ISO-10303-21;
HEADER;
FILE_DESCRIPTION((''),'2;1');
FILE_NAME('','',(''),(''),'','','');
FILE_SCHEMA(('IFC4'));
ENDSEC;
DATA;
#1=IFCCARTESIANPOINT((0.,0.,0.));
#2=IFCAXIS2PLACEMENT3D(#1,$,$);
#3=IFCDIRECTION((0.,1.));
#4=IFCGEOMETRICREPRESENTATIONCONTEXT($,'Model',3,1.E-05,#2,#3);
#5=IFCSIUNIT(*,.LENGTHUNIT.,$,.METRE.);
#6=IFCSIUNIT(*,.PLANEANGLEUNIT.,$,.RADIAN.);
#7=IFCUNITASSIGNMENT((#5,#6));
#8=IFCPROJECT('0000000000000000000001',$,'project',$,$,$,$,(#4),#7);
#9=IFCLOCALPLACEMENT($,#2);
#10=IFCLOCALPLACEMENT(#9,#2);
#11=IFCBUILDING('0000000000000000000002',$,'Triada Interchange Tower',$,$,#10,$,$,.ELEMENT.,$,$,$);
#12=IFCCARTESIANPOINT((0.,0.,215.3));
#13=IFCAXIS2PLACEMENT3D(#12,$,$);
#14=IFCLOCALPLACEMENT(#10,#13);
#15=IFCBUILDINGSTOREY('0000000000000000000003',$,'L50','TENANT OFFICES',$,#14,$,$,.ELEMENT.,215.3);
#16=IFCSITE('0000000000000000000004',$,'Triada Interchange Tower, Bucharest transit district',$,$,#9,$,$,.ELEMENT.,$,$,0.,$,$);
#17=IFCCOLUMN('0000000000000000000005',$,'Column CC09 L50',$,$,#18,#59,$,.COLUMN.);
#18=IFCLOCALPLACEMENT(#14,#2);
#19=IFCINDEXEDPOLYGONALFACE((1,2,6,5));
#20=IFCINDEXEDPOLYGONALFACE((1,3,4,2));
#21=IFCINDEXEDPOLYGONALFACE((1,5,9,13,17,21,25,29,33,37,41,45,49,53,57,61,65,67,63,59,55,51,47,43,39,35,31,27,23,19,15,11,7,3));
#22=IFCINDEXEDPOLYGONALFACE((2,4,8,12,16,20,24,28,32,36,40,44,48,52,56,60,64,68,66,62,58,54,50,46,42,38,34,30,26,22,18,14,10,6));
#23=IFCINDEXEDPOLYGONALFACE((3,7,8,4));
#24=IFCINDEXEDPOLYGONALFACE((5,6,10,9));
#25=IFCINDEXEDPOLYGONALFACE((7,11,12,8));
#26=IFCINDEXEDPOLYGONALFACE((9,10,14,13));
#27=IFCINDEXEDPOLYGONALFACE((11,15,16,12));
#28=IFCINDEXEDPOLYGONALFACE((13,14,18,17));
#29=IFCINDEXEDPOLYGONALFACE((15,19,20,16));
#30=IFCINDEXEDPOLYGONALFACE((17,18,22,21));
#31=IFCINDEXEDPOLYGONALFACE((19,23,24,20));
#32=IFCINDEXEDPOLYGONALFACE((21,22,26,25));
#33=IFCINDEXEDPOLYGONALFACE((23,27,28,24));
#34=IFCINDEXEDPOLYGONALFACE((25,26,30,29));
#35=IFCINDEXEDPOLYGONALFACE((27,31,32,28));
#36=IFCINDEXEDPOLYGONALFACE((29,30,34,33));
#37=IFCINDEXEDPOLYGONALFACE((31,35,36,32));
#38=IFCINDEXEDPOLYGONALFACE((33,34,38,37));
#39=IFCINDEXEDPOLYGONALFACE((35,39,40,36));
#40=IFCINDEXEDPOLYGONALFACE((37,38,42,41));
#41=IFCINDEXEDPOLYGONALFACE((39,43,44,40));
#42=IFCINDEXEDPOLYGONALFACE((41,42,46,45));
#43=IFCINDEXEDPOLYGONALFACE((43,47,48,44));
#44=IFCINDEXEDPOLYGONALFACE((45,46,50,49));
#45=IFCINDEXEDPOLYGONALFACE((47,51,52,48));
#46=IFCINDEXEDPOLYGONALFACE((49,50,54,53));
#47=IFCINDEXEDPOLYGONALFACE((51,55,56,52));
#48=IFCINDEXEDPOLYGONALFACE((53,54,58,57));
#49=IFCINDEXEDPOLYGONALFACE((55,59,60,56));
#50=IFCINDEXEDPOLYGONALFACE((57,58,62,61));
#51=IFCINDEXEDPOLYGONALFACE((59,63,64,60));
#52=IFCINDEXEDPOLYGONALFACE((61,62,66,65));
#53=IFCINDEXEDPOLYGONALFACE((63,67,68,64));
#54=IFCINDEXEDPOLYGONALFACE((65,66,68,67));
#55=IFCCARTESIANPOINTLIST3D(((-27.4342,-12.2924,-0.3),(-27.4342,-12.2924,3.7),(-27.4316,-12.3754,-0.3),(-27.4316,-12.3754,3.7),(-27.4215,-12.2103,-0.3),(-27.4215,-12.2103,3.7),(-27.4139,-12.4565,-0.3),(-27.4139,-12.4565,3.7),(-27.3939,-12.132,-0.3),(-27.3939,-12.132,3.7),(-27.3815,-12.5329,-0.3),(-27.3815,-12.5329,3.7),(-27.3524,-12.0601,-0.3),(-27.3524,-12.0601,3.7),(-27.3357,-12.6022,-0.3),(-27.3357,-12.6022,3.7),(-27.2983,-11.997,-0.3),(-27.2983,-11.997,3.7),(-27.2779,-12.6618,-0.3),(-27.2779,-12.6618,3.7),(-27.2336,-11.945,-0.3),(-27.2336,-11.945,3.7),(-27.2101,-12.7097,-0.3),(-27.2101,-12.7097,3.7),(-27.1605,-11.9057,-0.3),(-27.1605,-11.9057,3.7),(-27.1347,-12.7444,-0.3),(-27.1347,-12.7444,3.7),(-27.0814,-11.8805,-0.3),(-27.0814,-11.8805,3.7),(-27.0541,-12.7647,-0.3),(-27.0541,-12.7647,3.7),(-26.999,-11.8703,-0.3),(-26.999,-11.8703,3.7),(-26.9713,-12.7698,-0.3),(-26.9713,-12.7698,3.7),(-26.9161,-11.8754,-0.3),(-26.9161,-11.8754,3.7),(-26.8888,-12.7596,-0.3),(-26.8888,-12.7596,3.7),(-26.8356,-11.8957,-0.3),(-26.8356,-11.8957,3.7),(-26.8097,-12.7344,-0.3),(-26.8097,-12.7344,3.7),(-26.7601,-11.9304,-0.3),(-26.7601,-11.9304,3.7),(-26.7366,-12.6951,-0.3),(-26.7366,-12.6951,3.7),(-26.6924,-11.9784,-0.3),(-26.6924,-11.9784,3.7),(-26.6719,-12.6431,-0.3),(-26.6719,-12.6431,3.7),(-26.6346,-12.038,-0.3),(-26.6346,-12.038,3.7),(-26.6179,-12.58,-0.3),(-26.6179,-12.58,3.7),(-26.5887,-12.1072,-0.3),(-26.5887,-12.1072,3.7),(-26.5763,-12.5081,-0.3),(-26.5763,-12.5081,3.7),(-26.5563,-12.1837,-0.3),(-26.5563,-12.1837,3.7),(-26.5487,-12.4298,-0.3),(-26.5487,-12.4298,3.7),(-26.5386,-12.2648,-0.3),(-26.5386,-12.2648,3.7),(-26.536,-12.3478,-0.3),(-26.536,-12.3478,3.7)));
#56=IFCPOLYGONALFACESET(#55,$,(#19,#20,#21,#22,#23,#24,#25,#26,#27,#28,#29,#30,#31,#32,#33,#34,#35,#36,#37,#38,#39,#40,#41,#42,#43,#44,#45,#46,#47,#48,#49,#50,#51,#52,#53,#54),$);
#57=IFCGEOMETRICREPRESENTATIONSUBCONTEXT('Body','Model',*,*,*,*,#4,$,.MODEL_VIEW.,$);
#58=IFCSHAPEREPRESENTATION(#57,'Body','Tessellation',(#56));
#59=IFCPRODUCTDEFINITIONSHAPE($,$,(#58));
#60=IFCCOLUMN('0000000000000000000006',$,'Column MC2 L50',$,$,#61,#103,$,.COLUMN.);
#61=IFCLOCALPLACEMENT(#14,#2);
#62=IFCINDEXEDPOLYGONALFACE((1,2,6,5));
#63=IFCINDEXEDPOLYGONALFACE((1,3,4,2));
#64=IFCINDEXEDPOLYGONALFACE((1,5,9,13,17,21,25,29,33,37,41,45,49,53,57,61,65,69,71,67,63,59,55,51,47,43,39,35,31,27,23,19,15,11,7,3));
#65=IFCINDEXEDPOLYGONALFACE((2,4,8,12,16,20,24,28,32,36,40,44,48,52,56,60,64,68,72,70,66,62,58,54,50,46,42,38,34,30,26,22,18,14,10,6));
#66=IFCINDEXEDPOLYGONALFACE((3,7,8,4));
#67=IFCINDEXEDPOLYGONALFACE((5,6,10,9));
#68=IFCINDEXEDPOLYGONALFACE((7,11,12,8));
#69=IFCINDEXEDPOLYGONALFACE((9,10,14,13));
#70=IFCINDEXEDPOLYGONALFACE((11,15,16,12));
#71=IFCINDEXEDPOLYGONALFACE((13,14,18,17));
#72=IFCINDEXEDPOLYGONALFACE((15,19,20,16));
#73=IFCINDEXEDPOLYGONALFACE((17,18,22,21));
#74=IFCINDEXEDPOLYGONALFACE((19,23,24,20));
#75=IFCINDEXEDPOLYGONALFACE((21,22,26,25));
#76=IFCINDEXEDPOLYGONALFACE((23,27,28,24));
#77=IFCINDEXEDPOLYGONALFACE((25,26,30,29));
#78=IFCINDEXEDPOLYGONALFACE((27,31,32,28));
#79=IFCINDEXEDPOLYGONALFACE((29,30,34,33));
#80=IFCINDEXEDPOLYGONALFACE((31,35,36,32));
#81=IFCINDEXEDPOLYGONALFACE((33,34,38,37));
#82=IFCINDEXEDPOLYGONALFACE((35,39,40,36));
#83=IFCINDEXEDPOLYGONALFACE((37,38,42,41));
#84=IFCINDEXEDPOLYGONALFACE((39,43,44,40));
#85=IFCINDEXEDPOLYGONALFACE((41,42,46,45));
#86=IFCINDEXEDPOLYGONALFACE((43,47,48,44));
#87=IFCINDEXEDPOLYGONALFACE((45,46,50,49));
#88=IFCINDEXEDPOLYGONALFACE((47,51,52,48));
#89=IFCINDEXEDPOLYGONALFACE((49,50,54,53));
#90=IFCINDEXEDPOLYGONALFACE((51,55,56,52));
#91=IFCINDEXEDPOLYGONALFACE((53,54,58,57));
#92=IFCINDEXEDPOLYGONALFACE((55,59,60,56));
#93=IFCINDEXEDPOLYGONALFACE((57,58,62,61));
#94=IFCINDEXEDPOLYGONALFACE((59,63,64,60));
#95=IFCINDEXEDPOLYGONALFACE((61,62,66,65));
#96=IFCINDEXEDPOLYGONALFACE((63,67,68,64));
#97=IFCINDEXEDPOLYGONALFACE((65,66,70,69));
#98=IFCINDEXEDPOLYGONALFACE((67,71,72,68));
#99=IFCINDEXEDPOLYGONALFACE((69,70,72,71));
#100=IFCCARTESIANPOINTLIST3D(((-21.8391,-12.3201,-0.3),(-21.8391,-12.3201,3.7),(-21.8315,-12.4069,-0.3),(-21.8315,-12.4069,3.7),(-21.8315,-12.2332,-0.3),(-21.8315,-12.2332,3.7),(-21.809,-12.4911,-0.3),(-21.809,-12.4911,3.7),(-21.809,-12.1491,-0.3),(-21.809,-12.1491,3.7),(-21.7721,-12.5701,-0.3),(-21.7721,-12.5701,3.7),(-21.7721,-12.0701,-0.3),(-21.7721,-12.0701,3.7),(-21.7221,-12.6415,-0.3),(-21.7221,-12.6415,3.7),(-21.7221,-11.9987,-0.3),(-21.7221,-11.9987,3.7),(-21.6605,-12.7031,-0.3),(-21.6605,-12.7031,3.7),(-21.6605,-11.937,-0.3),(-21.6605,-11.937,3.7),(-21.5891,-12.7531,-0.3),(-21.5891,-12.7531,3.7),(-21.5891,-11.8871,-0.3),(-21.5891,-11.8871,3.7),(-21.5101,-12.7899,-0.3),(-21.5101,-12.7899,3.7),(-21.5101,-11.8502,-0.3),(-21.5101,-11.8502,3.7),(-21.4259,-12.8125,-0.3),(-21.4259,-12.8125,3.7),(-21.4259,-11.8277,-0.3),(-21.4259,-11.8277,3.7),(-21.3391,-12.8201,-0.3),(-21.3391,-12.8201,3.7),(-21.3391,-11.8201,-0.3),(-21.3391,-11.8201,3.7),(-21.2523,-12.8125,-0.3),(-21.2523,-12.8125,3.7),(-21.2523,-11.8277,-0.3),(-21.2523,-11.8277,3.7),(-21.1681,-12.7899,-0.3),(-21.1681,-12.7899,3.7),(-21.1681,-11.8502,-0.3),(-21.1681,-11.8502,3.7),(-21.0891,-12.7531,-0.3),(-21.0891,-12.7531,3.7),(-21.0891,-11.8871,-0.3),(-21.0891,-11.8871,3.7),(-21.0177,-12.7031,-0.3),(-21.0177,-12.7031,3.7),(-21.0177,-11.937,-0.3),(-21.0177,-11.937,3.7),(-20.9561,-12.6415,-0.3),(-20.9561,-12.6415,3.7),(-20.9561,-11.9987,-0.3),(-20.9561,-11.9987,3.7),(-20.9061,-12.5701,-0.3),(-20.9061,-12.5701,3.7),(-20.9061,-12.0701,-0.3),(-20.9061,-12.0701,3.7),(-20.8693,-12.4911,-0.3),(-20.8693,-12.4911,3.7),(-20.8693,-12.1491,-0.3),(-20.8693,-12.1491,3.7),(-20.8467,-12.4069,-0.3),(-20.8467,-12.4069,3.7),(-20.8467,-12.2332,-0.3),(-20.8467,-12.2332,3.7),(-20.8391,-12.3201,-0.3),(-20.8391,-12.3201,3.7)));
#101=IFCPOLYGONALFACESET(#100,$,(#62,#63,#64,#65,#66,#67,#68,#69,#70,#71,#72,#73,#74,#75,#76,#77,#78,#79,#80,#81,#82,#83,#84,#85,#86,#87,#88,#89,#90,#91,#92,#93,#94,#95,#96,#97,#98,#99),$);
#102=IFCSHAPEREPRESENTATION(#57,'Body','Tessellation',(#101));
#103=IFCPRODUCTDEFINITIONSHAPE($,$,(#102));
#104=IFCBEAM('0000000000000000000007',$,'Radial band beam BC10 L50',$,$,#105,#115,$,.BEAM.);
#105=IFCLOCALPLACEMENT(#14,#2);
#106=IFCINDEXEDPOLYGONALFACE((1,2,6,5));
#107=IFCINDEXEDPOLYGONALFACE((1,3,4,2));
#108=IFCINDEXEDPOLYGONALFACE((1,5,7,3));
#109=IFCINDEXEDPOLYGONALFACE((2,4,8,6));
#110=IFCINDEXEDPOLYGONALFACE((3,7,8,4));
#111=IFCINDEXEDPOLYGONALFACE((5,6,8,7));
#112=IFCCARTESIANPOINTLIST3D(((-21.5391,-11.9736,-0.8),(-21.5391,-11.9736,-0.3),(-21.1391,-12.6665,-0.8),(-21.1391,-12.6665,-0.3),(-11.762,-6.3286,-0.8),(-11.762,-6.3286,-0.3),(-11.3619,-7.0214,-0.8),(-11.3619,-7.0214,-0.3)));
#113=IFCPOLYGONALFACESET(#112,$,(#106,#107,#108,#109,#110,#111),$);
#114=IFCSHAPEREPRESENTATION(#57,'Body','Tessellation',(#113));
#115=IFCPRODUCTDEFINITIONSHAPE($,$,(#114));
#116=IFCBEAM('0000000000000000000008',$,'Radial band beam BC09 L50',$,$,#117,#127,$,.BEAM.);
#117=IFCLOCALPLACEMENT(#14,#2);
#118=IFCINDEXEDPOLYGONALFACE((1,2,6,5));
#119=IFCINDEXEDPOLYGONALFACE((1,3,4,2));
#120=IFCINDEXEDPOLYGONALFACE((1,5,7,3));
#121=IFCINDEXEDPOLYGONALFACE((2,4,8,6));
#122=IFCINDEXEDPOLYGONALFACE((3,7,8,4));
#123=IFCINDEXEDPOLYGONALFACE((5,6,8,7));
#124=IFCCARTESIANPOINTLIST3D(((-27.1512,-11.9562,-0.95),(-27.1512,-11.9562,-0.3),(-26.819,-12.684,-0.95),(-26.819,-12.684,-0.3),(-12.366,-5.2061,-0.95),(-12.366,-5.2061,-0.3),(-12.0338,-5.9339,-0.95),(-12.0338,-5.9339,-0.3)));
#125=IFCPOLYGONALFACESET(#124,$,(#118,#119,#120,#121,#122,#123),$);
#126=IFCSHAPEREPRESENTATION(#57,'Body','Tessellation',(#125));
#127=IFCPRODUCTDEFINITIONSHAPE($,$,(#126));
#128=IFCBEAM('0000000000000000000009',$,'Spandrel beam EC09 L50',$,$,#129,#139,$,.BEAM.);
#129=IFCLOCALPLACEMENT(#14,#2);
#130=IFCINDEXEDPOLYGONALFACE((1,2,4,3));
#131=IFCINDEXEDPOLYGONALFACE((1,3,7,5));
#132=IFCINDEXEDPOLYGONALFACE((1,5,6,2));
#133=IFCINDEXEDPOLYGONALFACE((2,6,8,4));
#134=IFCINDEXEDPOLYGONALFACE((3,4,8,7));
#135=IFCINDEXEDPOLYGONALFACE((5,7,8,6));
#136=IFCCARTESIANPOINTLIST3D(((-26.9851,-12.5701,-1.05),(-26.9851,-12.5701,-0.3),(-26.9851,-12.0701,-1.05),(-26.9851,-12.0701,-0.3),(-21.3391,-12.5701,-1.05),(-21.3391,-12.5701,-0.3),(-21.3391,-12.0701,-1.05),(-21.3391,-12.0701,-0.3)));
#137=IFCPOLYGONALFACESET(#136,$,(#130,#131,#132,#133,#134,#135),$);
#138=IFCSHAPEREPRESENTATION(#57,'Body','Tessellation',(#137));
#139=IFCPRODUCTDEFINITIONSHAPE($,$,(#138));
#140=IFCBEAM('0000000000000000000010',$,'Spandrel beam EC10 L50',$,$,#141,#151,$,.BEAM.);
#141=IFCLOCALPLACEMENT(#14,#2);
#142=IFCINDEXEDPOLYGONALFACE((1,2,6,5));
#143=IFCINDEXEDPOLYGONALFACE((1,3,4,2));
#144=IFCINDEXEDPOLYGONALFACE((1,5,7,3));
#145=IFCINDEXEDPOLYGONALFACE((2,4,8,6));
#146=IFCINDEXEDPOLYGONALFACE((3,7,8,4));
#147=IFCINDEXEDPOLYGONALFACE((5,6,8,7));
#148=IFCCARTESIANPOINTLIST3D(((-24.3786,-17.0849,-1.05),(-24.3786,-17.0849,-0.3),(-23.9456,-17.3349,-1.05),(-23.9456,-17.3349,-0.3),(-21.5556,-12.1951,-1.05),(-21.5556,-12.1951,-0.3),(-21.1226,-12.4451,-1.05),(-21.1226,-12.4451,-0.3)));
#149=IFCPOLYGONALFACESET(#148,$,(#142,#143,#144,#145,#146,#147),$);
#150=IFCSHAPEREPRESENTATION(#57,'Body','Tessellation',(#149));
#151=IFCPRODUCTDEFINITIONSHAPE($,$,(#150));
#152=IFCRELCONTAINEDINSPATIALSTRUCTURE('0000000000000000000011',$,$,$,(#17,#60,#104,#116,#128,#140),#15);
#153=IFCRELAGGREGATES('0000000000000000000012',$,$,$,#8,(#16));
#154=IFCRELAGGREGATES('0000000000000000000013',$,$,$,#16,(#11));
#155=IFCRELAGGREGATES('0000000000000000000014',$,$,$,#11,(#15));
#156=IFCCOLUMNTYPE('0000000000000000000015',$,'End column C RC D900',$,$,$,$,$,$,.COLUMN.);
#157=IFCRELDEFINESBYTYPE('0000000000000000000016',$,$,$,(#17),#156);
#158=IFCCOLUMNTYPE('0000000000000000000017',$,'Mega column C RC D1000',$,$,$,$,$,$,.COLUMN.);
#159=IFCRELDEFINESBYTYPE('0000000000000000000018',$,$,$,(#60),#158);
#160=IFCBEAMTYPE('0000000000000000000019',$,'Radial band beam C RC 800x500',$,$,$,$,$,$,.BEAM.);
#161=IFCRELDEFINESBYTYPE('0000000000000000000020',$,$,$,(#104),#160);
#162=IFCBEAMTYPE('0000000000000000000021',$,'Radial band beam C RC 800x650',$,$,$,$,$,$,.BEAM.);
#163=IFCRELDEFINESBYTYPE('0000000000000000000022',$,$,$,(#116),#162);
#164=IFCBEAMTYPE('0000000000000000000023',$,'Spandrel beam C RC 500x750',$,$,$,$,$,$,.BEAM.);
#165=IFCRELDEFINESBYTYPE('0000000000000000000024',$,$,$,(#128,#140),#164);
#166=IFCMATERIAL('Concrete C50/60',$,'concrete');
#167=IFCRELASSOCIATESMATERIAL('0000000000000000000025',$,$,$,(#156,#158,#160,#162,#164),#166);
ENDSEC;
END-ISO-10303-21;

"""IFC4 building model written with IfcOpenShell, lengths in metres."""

from ifc_helpers import new_model, si_unit, direction, frame, origin, origin_2d, place, context, subcontext, project, spatial, rectangle, circle, extrude, material, material_profile, profile_set, type_object, element, save


model = new_model("IFC4")

# Units and contexts
model_context = context("Model", 3, precision=1e-05, world=origin(), true_north=direction((0.0, 1.0)))
body_context = subcontext(model_context, "Body", "Model", "MODEL_VIEW")
ifc_project = project(units=[si_unit("LENGTHUNIT", "METRE"), si_unit("PLANEANGLEUNIT", "RADIAN")], contexts=[model_context])

# Site, building, storey
site_placement = place(None, origin())
site = spatial("IfcSite", under=ifc_project, at=site_placement, Name="Triada Interchange Tower, Bucharest transit district", CompositionType="ELEMENT", RefElevation=0.0)
building_placement = place(site_placement, origin())
building = spatial("IfcBuilding", under=site, at=building_placement, Name="Triada Interchange Tower", CompositionType="ELEMENT")
storey_placement = place(building_placement, frame((0.0, 0.0, 215.3)))
storey = spatial("IfcBuildingStorey", under=building, at=storey_placement, Name="L50", Description="TENANT OFFICES", CompositionType="ELEMENT", Elevation=215.3)

# Columns
ifc_material_1 = material(Name="Concrete C50/60", Category="concrete")
ifc_material_profile_1 = material_profile(ifc_material_1, circle(Radius=0.45, at=origin_2d()), Name="RC D900")
ifc_profile_set_1 = profile_set([ifc_material_profile_1], Name="Concrete C50/60")
column_type_1 = type_object("IfcColumnType", Name="End column C RC D900", PredefinedType="COLUMN", material=ifc_profile_set_1)
column_1_placement = place(storey_placement, frame((-26.9851, -12.3201, -0.3), z_axis=(0.0, 0.0, 1.0), x_axis=(0.5, 0.866025, 0.0)))
element("IfcColumn", 1, at=column_1_placement, inside=storey, type_object=column_type_1, Name="Column CC09 L50", PredefinedType="COLUMN", context=body_context, shape_type="SweptSolid", body=[
    extrude(circle(Radius=0.45, at=origin_2d()), origin(), (0.0, 0.0, 1.0), 4.0),
])
ifc_material_profile_2 = material_profile(ifc_material_1, circle(Radius=0.5, at=origin_2d()), Name="RC D1000")
ifc_profile_set_2 = profile_set([ifc_material_profile_2], Name="Concrete C50/60")
column_type_2 = type_object("IfcColumnType", Name="Mega column C RC D1000", PredefinedType="COLUMN", material=ifc_profile_set_2)
column_2_placement = place(storey_placement, frame((-21.3391, -12.3201, -0.3), z_axis=(0.0, 0.0, 1.0), x_axis=(1.0, 0.0, 0.0)))
element("IfcColumn", 2, at=column_2_placement, inside=storey, type_object=column_type_2, Name="Column MC2 L50", PredefinedType="COLUMN", context=body_context, shape_type="SweptSolid", body=[
    extrude(circle(Radius=0.5, at=origin_2d()), origin(), (0.0, 0.0, 1.0), 4.0),
])

# Beams
ifc_material_profile_3 = material_profile(ifc_material_1, rectangle(XDim=0.8, YDim=0.5, at=origin_2d()), Name="RC 800x500")
ifc_profile_set_3 = profile_set([ifc_material_profile_3], Name="Concrete C50/60")
beam_type_1 = type_object("IfcBeamType", Name="Radial band beam C RC 800x500", PredefinedType="BEAM", material=ifc_profile_set_3)
beam_1_placement = place(storey_placement, frame((-21.3391, -12.3201, -0.55), z_axis=(0.866017, 0.500014, 0.0), x_axis=(-0.500014, 0.866017, 0.0)))
element("IfcBeam", 3, at=beam_1_placement, inside=storey, type_object=beam_type_1, Name="Radial band beam BC10 L50", PredefinedType="BEAM", context=body_context, shape_type="SweptSolid", body=[
    extrude(rectangle(XDim=0.8, YDim=0.5, at=origin_2d()), origin(), (0.0, 0.0, 1.0), 11.2898),
])
ifc_material_profile_4 = material_profile(ifc_material_1, rectangle(XDim=0.8, YDim=0.6499, at=origin_2d()), Name="RC 800x650")
ifc_profile_set_4 = profile_set([ifc_material_profile_4], Name="Concrete C50/60")
beam_type_2 = type_object("IfcBeamType", Name="Radial band beam C RC 800x650", PredefinedType="BEAM", material=ifc_profile_set_4)
beam_2_placement = place(storey_placement, frame((-26.9851, -12.3201, -0.625), z_axis=(0.909682, 0.415305, 0.0), x_axis=(-0.415305, 0.909682, 0.0)))
element("IfcBeam", 4, at=beam_2_placement, inside=storey, type_object=beam_type_2, Name="Radial band beam BC09 L50", PredefinedType="BEAM", context=body_context, shape_type="SweptSolid", body=[
    extrude(rectangle(XDim=0.8, YDim=0.6499, at=origin_2d()), origin(), (0.0, 0.0, 1.0), 16.2532),
])
ifc_material_profile_5 = material_profile(ifc_material_1, rectangle(XDim=0.5, YDim=0.75, at=origin_2d()), Name="RC 500x750")
ifc_profile_set_5 = profile_set([ifc_material_profile_5], Name="Concrete C50/60")
beam_type_3 = type_object("IfcBeamType", Name="Spandrel beam C RC 500x750", PredefinedType="BEAM", material=ifc_profile_set_5)
beam_3_placement = place(storey_placement, frame((-26.9851, -12.3201, -0.675), z_axis=(1.0, 0.0, 0.0), x_axis=(0.0, 1.0, 0.0)))
element("IfcBeam", 5, at=beam_3_placement, inside=storey, type_object=beam_type_3, Name="Spandrel beam EC09 L50", PredefinedType="BEAM", context=body_context, shape_type="SweptSolid", body=[
    extrude(rectangle(XDim=0.5, YDim=0.75, at=origin_2d()), origin(), (0.0, 0.0, 1.0), 5.646),
])
beam_4_placement = place(storey_placement, frame((-21.3391, -12.3201, -0.675), z_axis=(-0.499976, -0.866039, 0.0), x_axis=(0.866039, -0.499976, 0.0)))
element("IfcBeam", 6, at=beam_4_placement, inside=storey, type_object=beam_type_3, Name="Spandrel beam EC10 L50", PredefinedType="BEAM", context=body_context, shape_type="SweptSolid", body=[
    extrude(rectangle(XDim=0.5, YDim=0.75, at=origin_2d()), origin(), (0.0, 0.0, 1.0), 5.6462),
])

save(model, "model.ifc")
